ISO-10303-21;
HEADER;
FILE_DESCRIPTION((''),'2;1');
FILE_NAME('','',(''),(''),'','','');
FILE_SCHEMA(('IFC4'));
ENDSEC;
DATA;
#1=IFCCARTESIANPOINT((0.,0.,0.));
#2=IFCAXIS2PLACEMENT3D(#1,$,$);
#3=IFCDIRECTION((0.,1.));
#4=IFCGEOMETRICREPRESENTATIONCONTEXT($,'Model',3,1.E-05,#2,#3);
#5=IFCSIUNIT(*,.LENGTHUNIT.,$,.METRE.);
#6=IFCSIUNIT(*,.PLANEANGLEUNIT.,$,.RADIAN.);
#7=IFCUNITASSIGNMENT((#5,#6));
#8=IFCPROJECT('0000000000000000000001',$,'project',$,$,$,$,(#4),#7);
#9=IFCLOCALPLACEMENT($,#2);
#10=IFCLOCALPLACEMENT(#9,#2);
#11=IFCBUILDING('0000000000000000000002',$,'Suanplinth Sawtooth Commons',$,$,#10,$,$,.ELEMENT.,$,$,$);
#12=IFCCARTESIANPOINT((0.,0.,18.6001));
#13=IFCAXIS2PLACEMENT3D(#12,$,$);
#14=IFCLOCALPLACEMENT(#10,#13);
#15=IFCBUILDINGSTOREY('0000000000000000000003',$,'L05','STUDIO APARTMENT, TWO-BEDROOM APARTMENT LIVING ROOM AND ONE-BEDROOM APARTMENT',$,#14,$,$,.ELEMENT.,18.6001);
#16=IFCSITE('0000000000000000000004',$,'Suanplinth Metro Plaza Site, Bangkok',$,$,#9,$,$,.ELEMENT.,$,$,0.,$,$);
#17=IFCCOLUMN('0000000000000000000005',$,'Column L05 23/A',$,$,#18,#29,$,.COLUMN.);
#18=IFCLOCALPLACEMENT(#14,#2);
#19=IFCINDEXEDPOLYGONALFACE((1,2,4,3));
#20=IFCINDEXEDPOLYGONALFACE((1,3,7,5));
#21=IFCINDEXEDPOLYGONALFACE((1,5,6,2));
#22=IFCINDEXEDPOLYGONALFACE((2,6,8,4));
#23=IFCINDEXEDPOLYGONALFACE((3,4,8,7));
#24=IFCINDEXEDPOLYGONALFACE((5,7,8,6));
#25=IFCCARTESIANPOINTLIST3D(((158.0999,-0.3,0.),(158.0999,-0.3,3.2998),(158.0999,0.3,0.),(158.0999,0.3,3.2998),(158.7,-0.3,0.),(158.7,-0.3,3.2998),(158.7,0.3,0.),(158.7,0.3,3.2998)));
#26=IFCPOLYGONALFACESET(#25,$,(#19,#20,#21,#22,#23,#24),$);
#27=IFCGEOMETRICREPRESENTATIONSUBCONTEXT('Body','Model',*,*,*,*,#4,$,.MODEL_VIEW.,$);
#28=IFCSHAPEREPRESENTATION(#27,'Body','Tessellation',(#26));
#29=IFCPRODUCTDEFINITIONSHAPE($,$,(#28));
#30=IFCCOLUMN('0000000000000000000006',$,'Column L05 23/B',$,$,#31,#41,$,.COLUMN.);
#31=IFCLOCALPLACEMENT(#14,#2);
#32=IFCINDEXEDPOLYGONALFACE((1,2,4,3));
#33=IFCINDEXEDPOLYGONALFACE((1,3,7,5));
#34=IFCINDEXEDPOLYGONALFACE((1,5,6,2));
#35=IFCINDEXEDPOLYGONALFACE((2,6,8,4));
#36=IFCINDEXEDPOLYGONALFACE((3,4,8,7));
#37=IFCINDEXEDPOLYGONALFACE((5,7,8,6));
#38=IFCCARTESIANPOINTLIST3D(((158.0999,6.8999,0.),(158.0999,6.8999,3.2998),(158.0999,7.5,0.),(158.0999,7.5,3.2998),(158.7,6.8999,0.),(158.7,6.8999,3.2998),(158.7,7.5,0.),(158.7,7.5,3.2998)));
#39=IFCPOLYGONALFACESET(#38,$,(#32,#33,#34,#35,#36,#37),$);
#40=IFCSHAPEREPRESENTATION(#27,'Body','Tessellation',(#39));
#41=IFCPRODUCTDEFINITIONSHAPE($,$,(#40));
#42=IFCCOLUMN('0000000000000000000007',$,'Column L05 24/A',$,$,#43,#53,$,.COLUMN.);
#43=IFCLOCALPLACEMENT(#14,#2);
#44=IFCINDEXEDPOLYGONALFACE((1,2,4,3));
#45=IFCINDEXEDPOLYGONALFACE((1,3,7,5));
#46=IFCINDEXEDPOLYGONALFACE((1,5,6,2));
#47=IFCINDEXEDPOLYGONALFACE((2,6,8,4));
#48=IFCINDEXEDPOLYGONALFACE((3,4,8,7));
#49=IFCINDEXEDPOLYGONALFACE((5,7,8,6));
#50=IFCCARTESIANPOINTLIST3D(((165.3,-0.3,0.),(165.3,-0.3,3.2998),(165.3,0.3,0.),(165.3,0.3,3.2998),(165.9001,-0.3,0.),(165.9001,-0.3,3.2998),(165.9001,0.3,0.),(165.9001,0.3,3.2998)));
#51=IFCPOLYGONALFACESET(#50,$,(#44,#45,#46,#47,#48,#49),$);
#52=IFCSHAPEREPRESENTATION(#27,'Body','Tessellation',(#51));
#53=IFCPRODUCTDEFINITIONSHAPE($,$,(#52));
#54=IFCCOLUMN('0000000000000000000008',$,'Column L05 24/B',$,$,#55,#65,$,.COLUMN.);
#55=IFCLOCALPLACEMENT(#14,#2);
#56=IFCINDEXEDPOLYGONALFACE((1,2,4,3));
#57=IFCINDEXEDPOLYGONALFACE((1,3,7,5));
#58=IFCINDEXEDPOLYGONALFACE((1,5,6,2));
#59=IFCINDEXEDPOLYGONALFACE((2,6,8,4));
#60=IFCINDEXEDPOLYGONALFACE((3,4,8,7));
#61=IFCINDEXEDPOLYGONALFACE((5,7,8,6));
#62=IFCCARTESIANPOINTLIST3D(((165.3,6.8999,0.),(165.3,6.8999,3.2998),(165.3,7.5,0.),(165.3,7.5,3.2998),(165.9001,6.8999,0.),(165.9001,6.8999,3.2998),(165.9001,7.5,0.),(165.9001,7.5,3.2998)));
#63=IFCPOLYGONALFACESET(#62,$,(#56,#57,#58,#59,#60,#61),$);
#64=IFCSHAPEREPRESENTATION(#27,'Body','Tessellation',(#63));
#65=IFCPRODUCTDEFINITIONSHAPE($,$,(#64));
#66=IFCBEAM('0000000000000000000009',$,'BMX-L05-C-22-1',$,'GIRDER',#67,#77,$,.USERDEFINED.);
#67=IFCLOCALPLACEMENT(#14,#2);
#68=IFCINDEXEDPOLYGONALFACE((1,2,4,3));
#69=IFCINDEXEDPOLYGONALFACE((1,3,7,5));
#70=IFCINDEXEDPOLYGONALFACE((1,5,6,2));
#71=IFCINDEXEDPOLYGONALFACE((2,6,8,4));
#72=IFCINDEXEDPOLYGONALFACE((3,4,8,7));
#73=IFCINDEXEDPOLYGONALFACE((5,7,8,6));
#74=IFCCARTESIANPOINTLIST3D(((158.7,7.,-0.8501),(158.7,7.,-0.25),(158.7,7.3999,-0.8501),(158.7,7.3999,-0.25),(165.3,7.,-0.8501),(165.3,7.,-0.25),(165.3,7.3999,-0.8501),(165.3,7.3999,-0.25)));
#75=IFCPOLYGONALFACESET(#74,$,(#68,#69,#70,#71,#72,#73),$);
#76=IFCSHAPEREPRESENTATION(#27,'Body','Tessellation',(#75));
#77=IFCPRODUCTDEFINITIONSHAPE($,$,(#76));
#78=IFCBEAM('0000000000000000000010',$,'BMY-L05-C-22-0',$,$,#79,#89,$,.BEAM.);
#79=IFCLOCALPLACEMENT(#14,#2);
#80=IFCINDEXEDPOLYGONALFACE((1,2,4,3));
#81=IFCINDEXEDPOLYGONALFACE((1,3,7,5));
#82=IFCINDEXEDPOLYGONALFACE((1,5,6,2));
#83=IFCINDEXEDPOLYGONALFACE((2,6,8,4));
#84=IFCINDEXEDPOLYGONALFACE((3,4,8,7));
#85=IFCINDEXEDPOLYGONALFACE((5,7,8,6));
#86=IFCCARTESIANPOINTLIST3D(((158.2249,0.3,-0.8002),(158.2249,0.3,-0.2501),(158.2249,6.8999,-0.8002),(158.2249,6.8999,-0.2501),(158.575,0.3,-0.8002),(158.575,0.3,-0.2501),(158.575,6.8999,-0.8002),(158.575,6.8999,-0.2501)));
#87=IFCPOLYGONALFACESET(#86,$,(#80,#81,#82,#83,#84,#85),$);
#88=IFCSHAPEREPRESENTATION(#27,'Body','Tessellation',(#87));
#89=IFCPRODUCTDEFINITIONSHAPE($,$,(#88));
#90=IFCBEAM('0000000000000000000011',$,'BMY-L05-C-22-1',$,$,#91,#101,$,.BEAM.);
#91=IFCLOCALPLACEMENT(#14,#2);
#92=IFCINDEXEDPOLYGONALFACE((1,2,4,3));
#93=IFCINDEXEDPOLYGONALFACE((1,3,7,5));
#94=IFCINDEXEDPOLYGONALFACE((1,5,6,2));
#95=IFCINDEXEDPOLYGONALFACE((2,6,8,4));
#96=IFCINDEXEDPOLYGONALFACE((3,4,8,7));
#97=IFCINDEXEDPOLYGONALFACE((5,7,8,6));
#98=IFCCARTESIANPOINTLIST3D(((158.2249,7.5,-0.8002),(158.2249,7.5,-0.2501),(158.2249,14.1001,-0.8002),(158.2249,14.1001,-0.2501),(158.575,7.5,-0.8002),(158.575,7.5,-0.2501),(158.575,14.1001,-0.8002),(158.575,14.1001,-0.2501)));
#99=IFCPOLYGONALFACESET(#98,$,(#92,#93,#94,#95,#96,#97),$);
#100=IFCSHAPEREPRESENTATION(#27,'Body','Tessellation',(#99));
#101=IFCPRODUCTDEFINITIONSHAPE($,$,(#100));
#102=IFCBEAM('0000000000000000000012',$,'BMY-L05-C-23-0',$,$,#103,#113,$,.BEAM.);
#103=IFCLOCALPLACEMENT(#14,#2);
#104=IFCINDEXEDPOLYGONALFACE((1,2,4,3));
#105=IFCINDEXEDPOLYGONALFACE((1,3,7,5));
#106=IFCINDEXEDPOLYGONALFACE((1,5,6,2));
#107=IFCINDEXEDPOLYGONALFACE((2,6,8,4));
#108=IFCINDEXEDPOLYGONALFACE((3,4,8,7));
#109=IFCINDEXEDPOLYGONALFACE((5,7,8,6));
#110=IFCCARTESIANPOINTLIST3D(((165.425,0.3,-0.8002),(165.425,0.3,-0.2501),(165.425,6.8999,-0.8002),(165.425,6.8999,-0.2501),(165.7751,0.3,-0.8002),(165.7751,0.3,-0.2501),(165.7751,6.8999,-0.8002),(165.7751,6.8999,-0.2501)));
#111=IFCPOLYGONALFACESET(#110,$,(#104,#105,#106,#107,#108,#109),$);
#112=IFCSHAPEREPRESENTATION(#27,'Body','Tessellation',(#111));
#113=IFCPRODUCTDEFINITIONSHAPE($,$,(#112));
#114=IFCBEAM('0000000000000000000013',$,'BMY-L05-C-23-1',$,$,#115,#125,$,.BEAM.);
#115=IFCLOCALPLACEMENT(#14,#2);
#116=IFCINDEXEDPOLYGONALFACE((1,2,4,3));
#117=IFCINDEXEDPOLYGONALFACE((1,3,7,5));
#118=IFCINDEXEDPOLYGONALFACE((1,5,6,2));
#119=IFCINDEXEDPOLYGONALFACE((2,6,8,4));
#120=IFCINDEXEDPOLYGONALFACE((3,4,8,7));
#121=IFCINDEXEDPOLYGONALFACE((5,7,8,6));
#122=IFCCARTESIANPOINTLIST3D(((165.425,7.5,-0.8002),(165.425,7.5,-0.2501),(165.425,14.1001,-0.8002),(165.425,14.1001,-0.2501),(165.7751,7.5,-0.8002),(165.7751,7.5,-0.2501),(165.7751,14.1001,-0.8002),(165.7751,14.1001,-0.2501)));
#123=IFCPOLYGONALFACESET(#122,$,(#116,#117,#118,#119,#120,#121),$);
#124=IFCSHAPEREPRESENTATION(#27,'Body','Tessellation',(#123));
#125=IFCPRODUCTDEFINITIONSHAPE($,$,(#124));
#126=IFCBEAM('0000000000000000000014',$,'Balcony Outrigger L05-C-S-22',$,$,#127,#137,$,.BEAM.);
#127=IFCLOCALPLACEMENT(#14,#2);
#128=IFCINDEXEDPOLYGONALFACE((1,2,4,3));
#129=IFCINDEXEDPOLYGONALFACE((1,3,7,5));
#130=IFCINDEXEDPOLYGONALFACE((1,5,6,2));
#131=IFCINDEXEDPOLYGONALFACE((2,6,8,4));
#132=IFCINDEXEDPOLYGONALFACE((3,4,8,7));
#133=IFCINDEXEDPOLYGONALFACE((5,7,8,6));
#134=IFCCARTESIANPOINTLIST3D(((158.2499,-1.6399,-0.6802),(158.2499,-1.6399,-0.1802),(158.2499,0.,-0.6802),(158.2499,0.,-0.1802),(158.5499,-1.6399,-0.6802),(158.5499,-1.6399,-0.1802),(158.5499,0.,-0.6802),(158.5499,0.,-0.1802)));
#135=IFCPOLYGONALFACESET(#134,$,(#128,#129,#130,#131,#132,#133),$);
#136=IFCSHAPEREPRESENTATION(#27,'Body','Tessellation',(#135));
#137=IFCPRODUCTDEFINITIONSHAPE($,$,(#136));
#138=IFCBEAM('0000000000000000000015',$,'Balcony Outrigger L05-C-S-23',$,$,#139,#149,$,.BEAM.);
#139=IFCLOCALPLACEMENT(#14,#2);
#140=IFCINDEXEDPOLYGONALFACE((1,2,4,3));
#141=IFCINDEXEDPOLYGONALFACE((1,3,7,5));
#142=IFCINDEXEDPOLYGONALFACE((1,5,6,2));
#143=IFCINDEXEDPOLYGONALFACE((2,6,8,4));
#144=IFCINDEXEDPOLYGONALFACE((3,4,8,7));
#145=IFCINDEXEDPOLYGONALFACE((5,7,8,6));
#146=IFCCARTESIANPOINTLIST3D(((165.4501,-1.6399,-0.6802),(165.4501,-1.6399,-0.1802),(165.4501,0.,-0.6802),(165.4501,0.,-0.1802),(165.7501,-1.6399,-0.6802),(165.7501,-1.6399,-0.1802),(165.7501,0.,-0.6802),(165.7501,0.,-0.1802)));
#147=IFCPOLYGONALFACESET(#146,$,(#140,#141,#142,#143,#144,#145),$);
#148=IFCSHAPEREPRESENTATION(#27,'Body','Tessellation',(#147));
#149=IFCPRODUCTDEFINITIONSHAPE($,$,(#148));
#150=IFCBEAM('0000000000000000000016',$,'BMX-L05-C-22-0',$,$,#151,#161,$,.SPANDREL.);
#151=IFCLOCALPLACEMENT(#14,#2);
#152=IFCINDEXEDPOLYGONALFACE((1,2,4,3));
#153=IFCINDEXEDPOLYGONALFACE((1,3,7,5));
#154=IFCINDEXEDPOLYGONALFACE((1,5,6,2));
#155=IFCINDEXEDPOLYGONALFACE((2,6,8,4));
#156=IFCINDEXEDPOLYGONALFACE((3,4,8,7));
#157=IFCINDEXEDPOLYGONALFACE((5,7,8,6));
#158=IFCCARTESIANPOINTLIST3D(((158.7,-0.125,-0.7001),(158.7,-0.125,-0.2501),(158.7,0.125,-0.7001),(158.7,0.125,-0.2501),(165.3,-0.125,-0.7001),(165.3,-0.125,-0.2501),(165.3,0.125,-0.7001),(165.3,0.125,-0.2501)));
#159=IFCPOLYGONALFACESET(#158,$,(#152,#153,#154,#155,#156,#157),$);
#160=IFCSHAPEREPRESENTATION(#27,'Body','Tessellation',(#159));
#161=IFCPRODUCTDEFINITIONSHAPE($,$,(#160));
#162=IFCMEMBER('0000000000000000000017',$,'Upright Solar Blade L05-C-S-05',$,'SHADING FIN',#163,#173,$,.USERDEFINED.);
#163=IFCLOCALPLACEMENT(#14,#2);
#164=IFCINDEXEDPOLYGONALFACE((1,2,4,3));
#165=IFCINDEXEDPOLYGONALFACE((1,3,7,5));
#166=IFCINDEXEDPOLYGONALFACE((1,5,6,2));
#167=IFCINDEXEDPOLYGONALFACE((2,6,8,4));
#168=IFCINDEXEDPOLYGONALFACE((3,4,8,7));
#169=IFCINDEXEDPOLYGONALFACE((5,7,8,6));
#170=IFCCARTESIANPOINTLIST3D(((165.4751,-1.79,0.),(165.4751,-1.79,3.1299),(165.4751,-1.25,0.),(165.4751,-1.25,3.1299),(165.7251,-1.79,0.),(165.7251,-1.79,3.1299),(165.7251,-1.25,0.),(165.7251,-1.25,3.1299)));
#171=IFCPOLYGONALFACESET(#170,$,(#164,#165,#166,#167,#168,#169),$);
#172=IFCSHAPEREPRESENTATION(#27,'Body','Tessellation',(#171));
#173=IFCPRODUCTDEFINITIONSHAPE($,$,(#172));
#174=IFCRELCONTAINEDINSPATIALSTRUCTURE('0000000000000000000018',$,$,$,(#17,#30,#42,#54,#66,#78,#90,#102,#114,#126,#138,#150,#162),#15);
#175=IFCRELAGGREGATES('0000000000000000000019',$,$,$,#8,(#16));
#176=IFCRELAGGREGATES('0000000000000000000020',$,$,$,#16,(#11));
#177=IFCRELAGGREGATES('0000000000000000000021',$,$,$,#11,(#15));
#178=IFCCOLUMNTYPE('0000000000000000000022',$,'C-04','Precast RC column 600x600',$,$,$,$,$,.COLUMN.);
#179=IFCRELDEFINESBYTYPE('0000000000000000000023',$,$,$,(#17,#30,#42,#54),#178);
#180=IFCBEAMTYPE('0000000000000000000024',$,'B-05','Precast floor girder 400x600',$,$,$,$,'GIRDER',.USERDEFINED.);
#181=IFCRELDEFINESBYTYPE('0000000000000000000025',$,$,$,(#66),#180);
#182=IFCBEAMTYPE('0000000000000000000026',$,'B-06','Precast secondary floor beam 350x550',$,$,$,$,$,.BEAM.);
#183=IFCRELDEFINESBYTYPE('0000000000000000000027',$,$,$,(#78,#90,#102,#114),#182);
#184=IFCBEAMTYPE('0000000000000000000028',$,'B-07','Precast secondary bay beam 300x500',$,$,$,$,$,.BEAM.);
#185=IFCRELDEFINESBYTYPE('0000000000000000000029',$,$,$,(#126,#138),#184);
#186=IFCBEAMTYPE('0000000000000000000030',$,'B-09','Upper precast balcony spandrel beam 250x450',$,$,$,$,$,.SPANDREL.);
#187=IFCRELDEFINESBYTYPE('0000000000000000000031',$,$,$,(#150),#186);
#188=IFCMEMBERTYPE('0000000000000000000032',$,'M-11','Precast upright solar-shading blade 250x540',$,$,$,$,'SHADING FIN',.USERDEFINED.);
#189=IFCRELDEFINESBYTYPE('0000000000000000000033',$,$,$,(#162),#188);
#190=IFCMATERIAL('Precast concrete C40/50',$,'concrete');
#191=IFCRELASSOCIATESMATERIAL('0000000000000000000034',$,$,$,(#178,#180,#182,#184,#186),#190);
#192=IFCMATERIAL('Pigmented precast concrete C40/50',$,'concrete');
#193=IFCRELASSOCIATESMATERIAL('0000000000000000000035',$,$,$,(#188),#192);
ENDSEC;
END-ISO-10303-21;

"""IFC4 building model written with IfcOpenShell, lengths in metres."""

from ifc_helpers import new_model, si_unit, direction, frame, origin, origin_2d, place, context, subcontext, project, spatial, rectangle, extrude, material, material_profile, profile_set, type_object, element, save


model = new_model("IFC4")

# Units and contexts
model_context = context("Model", 3, precision=1e-05, world=origin(), true_north=direction((0.0, 1.0)))
body_context = subcontext(model_context, "Body", "Model", "MODEL_VIEW")
ifc_project = project(units=[si_unit("LENGTHUNIT", "METRE"), si_unit("PLANEANGLEUNIT", "RADIAN")], contexts=[model_context])

# Site, building, storey
site_placement = place(None, origin())
site = spatial("IfcSite", under=ifc_project, at=site_placement, Name="Suanplinth Metro Plaza Site, Bangkok", CompositionType="ELEMENT", RefElevation=0.0)
building_placement = place(site_placement, origin())
building = spatial("IfcBuilding", under=site, at=building_placement, Name="Suanplinth Sawtooth Commons", CompositionType="ELEMENT")
storey_placement = place(building_placement, frame((0.0, 0.0, 18.6001)))
storey = spatial("IfcBuildingStorey", under=building, at=storey_placement, Name="L05", Description="STUDIO APARTMENT, TWO-BEDROOM APARTMENT LIVING ROOM AND ONE-BEDROOM APARTMENT", CompositionType="ELEMENT", Elevation=18.6001)

# Columns
ifc_material_1 = material(Name="Precast concrete C40/50", Category="concrete")
ifc_material_profile_1 = material_profile(ifc_material_1, rectangle(XDim=0.6001, YDim=0.6001, at=origin_2d()), Name="PC-COL 600x600")
ifc_profile_set_1 = profile_set([ifc_material_profile_1], Name="Precast concrete C40/50")
column_type = type_object("IfcColumnType", Name="C-04", Description="Precast RC column 600x600", PredefinedType="COLUMN", material=ifc_profile_set_1)
for number, where, z_axis, x_axis, name in (
    (1, (158.3999, 0.0, 0.0), (0.0, 0.0, 1.0), (1.0, 0.0, 0.0), "Column L05 23/A"),
    (2, (158.3999, 7.2, 0.0), (0.0, 0.0, 1.0), (1.0, 0.0, 0.0), "Column L05 23/B"),
    (3, (165.6001, 0.0, 0.0), (0.0, 0.0, 1.0), (1.0, 0.0, 0.0), "Column L05 24/A"),
    (4, (165.6001, 7.2, 0.0), (0.0, 0.0, 1.0), (1.0, 0.0, 0.0), "Column L05 24/B"),
):
    element("IfcColumn", number, at=place(storey_placement, frame(where, z_axis=z_axis, x_axis=x_axis)), inside=storey, type_object=column_type, Name=name, PredefinedType="COLUMN", context=body_context, shape_type="SweptSolid", body=[
        extrude(rectangle(XDim=0.6001, YDim=0.6001, at=origin_2d()), origin(), (0.0, 0.0, 1.0), 3.2998),
    ])

# Beams
ifc_material_profile_2 = material_profile(ifc_material_1, rectangle(XDim=0.3999, YDim=0.6001, at=origin_2d()), Name="PC-GDR 400x600")
ifc_profile_set_2 = profile_set([ifc_material_profile_2], Name="Precast concrete C40/50")
beam_type_1 = type_object("IfcBeamType", Name="B-05", Description="Precast floor girder 400x600", ElementType="GIRDER", PredefinedType="USERDEFINED", material=ifc_profile_set_2)
beam_1_placement = place(storey_placement, frame((158.7, 7.2, -0.55), z_axis=(1.0, 0.0, 0.0), x_axis=(0.0, 1.0, 0.0)))
element("IfcBeam", 5, at=beam_1_placement, inside=storey, type_object=beam_type_1, Name="BMX-L05-C-22-1", ObjectType="GIRDER", PredefinedType="USERDEFINED", context=body_context, shape_type="SweptSolid", body=[
    extrude(rectangle(XDim=0.3999, YDim=0.6001, at=origin_2d()), origin(), (0.0, 0.0, 1.0), 6.6001),
])
ifc_material_profile_3 = material_profile(ifc_material_1, rectangle(XDim=0.3501, YDim=0.55, at=origin_2d()), Name="PC-BM 350x550")
ifc_profile_set_3 = profile_set([ifc_material_profile_3], Name="Precast concrete C40/50")
beam_type_2 = type_object("IfcBeamType", Name="B-06", Description="Precast secondary floor beam 350x550", PredefinedType="BEAM", material=ifc_profile_set_3)
beam_2_placement = place(storey_placement, frame((158.3999, 0.3, -0.5251), z_axis=(0.0, 1.0, 0.0), x_axis=(-1.0, 0.0, 0.0)))
element("IfcBeam", 6, at=beam_2_placement, inside=storey, type_object=beam_type_2, Name="BMY-L05-C-22-0", PredefinedType="BEAM", context=body_context, shape_type="SweptSolid", body=[
    extrude(rectangle(XDim=0.3501, YDim=0.55, at=origin_2d()), origin(), (0.0, 0.0, 1.0), 6.5999),
])
beam_3_placement = place(storey_placement, frame((158.3999, 7.5, -0.5251), z_axis=(0.0, 1.0, 0.0), x_axis=(-1.0, 0.0, 0.0)))
element("IfcBeam", 7, at=beam_3_placement, inside=storey, type_object=beam_type_2, Name="BMY-L05-C-22-1", PredefinedType="BEAM", context=body_context, shape_type="SweptSolid", body=[
    extrude(rectangle(XDim=0.3501, YDim=0.55, at=origin_2d()), origin(), (0.0, 0.0, 1.0), 6.6001),
])
beam_4_placement = place(storey_placement, frame((165.6001, 0.3, -0.5251), z_axis=(0.0, 1.0, 0.0), x_axis=(-1.0, 0.0, 0.0)))
element("IfcBeam", 8, at=beam_4_placement, inside=storey, type_object=beam_type_2, Name="BMY-L05-C-23-0", PredefinedType="BEAM", context=body_context, shape_type="SweptSolid", body=[
    extrude(rectangle(XDim=0.3501, YDim=0.55, at=origin_2d()), origin(), (0.0, 0.0, 1.0), 6.5999),
])
beam_5_placement = place(storey_placement, frame((165.6001, 7.5, -0.5251), z_axis=(0.0, 1.0, 0.0), x_axis=(-1.0, 0.0, 0.0)))
element("IfcBeam", 9, at=beam_5_placement, inside=storey, type_object=beam_type_2, Name="BMY-L05-C-23-1", PredefinedType="BEAM", context=body_context, shape_type="SweptSolid", body=[
    extrude(rectangle(XDim=0.3501, YDim=0.55, at=origin_2d()), origin(), (0.0, 0.0, 1.0), 6.6001),
])
ifc_material_profile_4 = material_profile(ifc_material_1, rectangle(XDim=0.3, YDim=0.5, at=origin_2d()), Name="PC-BM 300x500")
ifc_profile_set_4 = profile_set([ifc_material_profile_4], Name="Precast concrete C40/50")
beam_type_3 = type_object("IfcBeamType", Name="B-07", Description="Precast secondary bay beam 300x500", PredefinedType="BEAM", material=ifc_profile_set_4)
for number, where, z_axis, x_axis, name in (
    (10, (158.3999, 0.0, -0.4302), (0.0, -1.0, 0.0), (1.0, 0.0, 0.0), "Balcony Outrigger L05-C-S-22"),
    (11, (165.6001, 0.0, -0.4302), (0.0, -1.0, 0.0), (1.0, 0.0, 0.0), "Balcony Outrigger L05-C-S-23"),
):
    element("IfcBeam", number, at=place(storey_placement, frame(where, z_axis=z_axis, x_axis=x_axis)), inside=storey, type_object=beam_type_3, Name=name, PredefinedType="BEAM", context=body_context, shape_type="SweptSolid", body=[
        extrude(rectangle(XDim=0.3, YDim=0.5, at=origin_2d()), origin(), (0.0, 0.0, 1.0), 1.6399),
    ])
ifc_material_profile_5 = material_profile(ifc_material_1, rectangle(XDim=0.25, YDim=0.45, at=origin_2d()), Name="PC-SP 250x450")
ifc_profile_set_5 = profile_set([ifc_material_profile_5], Name="Precast concrete C40/50")
beam_type_4 = type_object("IfcBeamType", Name="B-09", Description="Upper precast balcony spandrel beam 250x450", PredefinedType="SPANDREL", material=ifc_profile_set_5)
beam_6_placement = place(storey_placement, frame((158.7, 0.0, -0.4751), z_axis=(1.0, 0.0, 0.0), x_axis=(0.0, 1.0, 0.0)))
element("IfcBeam", 12, at=beam_6_placement, inside=storey, type_object=beam_type_4, Name="BMX-L05-C-22-0", PredefinedType="SPANDREL", context=body_context, shape_type="SweptSolid", body=[
    extrude(rectangle(XDim=0.25, YDim=0.45, at=origin_2d()), origin(), (0.0, 0.0, 1.0), 6.6001),
])

# Member
ifc_material_2 = material(Name="Pigmented precast concrete C40/50", Category="concrete")
ifc_material_profile_6 = material_profile(ifc_material_2, rectangle(XDim=0.25, YDim=0.54, at=origin_2d()), Name="PC-FIN 250x540")
ifc_profile_set_6 = profile_set([ifc_material_profile_6], Name="Pigmented precast concrete C40/50")
member_type = type_object("IfcMemberType", Name="M-11", Description="Precast upright solar-shading blade 250x540", ElementType="SHADING FIN", PredefinedType="USERDEFINED", material=ifc_profile_set_6)
member_placement = place(storey_placement, frame((165.6001, -1.52, 0.0), z_axis=(0.0, 0.0, 1.0), x_axis=(1.0, 0.0, 0.0)))
element("IfcMember", 13, at=member_placement, inside=storey, type_object=member_type, Name="Upright Solar Blade L05-C-S-05", ObjectType="SHADING FIN", PredefinedType="USERDEFINED", context=body_context, shape_type="SweptSolid", body=[
    extrude(rectangle(XDim=0.25, YDim=0.54, at=origin_2d()), origin(), (0.0, 0.0, 1.0), 3.1299),
])

save(model, "model.ifc")
